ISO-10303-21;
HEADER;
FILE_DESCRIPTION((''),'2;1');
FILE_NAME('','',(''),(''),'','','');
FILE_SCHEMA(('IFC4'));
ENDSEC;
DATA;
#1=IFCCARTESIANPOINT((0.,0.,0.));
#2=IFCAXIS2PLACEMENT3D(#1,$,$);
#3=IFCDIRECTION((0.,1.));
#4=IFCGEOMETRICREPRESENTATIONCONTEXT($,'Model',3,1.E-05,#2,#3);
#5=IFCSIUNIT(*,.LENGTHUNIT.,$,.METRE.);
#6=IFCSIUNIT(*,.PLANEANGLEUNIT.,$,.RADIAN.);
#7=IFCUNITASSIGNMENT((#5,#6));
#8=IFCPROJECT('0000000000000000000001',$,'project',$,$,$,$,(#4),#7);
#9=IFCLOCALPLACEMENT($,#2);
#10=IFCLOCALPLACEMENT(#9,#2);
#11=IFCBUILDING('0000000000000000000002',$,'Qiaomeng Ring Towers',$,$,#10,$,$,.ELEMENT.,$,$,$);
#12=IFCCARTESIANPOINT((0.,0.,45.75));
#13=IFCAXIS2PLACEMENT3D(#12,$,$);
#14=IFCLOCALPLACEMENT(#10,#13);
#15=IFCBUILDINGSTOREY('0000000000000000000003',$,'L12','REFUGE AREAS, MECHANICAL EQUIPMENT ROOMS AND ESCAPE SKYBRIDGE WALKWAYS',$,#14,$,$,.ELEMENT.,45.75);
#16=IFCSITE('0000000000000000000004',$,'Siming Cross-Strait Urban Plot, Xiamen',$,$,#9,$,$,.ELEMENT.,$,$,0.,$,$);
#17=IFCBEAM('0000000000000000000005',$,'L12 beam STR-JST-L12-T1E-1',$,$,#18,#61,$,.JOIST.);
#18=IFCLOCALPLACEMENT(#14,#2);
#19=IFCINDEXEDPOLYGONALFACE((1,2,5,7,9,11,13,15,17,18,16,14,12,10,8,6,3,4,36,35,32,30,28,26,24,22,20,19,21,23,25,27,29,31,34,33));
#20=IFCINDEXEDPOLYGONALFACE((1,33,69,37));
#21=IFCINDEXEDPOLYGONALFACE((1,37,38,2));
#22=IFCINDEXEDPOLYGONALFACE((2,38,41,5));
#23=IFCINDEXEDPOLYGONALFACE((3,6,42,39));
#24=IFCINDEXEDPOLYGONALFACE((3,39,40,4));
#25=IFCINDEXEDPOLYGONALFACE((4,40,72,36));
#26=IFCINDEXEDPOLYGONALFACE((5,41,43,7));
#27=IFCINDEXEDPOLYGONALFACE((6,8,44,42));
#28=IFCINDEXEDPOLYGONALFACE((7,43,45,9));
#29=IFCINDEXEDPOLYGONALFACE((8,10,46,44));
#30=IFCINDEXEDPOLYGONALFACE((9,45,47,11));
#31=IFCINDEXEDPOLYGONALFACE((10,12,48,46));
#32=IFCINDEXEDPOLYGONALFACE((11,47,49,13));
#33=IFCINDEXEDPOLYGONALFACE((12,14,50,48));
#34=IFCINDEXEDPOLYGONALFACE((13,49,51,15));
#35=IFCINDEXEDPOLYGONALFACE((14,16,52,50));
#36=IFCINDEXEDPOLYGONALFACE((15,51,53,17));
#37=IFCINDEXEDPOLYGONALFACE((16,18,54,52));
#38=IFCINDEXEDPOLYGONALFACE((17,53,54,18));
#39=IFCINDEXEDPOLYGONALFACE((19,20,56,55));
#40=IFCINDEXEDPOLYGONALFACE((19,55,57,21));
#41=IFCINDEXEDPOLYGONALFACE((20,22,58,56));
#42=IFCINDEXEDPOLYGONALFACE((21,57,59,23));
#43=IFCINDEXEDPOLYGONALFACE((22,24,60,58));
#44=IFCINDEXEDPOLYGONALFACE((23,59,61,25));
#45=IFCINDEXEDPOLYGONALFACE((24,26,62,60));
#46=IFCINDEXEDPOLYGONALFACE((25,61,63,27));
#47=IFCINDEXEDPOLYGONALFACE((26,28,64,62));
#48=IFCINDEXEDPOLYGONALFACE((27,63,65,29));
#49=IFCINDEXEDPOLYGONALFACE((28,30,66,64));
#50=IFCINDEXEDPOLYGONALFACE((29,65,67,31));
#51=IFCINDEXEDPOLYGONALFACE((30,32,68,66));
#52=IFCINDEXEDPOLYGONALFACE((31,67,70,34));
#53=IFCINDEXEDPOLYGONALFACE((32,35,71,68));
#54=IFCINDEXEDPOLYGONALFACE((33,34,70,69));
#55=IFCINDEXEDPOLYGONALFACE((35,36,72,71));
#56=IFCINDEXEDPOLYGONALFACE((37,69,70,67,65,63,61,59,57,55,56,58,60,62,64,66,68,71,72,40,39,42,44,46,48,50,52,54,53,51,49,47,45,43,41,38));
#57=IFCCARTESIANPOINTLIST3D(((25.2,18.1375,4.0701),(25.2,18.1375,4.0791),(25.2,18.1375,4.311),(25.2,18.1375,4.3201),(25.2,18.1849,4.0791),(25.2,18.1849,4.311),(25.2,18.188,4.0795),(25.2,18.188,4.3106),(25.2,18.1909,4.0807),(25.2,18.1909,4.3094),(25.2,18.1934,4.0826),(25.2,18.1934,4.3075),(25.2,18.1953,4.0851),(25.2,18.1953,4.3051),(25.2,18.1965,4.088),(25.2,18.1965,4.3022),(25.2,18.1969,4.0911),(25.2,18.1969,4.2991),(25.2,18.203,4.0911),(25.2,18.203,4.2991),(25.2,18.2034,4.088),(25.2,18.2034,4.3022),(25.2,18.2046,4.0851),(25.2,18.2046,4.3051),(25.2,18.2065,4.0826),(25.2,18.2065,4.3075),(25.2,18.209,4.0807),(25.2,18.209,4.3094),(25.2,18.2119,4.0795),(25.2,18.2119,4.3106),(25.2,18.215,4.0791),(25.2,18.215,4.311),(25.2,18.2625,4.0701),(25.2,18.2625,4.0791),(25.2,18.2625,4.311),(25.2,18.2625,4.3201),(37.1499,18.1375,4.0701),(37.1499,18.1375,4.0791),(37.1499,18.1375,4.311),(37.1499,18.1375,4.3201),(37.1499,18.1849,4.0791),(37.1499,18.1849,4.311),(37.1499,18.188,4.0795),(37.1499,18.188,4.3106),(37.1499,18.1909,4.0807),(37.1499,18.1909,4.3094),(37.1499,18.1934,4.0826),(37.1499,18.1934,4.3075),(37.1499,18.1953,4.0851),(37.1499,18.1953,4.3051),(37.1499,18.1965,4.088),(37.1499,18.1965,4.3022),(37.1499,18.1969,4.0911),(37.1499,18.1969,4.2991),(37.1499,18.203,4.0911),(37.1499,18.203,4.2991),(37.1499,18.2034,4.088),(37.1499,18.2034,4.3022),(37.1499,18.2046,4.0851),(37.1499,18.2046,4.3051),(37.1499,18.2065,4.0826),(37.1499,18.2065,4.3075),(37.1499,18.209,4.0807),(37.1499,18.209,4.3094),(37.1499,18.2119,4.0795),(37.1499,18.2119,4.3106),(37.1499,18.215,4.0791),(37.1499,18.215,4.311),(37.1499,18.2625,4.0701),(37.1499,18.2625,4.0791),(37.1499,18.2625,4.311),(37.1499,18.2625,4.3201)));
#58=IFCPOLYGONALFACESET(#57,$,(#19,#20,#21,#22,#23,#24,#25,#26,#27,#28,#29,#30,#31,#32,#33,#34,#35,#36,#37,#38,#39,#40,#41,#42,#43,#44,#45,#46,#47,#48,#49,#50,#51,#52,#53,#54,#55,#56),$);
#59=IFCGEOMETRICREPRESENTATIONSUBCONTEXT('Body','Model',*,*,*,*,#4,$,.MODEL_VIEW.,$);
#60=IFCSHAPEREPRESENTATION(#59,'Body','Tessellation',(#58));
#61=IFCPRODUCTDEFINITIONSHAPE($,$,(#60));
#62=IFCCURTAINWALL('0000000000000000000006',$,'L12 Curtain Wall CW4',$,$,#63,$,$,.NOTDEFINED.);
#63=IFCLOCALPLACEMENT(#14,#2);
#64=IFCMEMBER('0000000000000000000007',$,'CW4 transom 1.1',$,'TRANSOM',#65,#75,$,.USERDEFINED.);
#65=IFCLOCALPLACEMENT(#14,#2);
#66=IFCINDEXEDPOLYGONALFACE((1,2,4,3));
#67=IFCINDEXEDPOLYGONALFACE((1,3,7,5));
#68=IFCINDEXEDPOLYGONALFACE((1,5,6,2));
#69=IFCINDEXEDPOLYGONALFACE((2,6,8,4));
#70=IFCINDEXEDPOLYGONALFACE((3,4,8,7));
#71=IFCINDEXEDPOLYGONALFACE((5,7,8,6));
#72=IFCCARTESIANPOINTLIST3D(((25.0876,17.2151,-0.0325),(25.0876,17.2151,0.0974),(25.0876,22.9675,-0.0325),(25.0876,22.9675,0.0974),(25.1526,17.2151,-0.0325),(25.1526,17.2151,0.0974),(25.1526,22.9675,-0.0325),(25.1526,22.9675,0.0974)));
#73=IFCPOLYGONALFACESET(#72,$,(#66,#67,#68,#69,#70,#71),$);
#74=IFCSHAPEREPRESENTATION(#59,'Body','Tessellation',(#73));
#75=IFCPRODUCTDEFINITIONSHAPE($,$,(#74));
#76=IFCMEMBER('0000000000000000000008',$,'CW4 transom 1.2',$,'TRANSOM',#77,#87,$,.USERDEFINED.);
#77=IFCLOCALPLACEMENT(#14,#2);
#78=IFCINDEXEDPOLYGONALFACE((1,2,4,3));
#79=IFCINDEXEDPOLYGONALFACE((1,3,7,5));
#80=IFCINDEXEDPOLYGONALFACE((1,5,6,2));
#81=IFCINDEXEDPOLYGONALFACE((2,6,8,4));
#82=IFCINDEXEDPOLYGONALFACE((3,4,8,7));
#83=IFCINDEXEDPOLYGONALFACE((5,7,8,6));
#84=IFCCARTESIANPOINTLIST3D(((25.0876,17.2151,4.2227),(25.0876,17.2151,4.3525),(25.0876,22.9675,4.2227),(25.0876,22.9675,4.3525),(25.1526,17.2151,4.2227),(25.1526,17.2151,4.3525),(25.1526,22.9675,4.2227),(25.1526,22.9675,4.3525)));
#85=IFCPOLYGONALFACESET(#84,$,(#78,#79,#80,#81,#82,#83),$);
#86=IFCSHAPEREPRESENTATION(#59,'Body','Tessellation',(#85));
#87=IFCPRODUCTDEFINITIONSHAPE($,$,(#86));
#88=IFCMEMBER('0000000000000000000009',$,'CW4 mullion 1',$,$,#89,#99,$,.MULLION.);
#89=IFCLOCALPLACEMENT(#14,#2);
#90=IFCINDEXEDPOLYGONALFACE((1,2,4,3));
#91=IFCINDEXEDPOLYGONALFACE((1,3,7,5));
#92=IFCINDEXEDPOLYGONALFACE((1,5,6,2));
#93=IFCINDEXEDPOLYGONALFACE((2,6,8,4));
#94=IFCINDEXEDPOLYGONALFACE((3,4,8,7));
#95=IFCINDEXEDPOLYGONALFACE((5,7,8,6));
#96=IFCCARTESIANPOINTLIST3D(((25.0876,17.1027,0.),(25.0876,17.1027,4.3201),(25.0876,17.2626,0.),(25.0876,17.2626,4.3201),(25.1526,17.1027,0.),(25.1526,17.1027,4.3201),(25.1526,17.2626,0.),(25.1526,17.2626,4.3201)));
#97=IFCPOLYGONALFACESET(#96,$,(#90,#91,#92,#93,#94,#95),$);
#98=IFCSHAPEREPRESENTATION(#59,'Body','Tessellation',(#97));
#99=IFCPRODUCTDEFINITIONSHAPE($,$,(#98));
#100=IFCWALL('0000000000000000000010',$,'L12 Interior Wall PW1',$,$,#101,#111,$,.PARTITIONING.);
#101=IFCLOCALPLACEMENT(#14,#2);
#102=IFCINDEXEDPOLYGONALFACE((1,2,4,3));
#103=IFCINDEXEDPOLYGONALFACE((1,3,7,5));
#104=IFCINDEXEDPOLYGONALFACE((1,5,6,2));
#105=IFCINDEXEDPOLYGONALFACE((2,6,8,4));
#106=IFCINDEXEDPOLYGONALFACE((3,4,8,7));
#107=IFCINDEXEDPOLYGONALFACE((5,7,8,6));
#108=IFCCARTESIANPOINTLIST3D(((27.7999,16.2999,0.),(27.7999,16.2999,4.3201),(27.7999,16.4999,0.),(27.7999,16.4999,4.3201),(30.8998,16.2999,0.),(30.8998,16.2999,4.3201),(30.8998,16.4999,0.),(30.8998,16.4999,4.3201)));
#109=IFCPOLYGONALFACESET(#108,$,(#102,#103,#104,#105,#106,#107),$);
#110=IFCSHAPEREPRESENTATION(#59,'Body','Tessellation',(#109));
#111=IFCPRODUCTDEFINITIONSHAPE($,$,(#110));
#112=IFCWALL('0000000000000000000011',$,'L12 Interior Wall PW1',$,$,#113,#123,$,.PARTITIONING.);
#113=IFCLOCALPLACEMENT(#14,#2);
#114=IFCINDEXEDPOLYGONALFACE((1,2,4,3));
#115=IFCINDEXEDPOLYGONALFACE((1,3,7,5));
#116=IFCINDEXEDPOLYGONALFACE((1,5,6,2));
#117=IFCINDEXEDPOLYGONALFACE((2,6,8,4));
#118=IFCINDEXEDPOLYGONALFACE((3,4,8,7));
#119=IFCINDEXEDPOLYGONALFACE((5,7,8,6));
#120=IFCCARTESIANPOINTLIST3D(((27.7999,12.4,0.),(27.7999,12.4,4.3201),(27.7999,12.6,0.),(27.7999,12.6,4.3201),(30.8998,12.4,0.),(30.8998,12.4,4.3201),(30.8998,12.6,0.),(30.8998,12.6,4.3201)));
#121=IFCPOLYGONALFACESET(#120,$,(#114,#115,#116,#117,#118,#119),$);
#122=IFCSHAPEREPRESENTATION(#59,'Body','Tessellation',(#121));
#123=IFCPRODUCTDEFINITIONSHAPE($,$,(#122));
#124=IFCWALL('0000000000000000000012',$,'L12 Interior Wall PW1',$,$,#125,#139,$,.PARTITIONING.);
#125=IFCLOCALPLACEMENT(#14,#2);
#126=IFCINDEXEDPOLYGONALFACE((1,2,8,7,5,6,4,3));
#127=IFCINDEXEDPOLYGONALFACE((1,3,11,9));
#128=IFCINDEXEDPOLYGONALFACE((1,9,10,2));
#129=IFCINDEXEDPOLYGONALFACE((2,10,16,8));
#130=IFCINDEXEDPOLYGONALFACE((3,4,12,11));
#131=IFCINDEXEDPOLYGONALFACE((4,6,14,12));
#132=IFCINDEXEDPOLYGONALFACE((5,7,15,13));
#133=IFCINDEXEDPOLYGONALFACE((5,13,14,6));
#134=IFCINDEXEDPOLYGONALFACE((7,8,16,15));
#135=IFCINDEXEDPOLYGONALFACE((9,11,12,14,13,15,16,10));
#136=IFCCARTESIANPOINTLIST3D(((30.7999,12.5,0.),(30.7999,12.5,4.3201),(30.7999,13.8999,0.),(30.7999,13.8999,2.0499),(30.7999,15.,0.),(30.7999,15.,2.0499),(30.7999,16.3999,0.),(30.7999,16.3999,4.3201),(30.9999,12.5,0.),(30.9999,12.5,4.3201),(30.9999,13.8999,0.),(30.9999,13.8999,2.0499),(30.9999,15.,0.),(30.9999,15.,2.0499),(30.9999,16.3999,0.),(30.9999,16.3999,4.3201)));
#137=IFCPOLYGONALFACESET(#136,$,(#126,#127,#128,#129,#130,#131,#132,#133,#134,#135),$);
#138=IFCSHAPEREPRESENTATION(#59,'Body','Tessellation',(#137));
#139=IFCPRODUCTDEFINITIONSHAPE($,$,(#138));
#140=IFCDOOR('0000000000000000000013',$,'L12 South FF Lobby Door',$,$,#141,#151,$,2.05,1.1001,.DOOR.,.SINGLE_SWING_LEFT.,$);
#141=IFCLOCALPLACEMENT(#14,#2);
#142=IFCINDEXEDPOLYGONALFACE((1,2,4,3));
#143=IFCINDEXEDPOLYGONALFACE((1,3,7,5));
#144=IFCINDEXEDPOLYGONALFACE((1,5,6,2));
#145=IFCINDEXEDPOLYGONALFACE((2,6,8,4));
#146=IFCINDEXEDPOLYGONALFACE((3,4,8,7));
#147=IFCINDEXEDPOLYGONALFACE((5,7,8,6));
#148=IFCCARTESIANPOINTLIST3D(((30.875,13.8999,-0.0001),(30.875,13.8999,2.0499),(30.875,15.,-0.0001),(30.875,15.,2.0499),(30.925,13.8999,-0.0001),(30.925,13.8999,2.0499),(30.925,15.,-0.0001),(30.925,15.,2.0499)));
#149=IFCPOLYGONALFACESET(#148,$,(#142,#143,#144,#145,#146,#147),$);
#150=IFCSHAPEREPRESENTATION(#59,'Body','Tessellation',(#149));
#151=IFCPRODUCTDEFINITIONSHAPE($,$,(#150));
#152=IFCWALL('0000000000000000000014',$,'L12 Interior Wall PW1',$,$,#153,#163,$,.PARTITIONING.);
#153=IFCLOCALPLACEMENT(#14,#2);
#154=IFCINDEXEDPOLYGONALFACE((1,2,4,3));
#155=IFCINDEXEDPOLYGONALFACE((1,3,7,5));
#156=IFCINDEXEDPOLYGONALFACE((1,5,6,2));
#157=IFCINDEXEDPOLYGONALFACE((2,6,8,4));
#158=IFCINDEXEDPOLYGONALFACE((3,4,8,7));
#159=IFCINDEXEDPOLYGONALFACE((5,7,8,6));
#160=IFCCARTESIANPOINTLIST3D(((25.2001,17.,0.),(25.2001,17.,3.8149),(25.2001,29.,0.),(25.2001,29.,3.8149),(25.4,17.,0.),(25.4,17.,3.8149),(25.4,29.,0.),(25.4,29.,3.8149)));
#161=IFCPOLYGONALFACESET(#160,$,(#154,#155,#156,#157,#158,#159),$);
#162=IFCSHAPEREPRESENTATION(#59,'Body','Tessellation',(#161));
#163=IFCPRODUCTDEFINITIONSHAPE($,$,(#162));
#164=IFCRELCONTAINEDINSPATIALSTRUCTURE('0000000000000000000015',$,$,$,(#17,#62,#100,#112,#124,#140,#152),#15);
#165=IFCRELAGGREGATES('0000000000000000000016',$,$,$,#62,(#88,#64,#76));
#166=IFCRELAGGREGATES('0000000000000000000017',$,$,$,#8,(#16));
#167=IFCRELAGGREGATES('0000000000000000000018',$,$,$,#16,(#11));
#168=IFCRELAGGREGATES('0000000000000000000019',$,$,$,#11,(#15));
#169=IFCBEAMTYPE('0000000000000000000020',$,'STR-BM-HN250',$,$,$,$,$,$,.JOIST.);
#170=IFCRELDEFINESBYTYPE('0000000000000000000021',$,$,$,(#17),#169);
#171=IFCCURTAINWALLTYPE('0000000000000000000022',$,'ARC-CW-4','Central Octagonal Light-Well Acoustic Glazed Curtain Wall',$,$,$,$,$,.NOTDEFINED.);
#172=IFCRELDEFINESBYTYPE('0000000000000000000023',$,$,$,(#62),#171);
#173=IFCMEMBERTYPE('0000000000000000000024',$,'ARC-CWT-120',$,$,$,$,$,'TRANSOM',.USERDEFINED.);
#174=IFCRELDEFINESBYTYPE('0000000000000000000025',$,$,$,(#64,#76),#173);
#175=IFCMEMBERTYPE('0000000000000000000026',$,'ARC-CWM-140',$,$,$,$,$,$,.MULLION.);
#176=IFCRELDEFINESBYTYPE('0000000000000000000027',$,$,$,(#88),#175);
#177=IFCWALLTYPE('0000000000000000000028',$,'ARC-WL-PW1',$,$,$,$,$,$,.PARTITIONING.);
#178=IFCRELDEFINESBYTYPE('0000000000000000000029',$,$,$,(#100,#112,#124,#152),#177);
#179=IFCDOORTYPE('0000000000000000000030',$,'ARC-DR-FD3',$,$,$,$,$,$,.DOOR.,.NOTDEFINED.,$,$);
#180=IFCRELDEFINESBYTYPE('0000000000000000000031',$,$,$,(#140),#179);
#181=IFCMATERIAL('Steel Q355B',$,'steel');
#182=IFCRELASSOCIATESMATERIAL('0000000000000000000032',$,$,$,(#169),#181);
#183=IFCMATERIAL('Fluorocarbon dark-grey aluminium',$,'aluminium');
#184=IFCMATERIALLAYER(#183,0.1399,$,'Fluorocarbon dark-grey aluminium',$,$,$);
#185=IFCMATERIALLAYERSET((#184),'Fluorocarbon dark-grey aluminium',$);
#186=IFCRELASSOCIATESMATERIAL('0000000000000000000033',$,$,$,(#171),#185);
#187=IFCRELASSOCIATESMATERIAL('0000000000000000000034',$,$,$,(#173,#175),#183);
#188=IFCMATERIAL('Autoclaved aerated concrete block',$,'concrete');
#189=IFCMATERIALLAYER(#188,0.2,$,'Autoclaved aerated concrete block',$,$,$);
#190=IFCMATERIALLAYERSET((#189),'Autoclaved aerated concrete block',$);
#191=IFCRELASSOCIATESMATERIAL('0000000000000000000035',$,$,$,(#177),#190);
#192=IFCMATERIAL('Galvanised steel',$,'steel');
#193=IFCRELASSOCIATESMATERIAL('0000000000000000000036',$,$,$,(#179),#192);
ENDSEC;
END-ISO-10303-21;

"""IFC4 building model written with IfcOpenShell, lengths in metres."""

from ifc_helpers import new_model, si_unit, direction, frame, frame_2d, origin, origin_2d, place, context, subcontext, project, spatial, rectangle, i_section, extrude, source, transform, mapped, material, layer, layer_set, material_profile, profile_set, type_object, element, fill, aggregate, save


model = new_model("IFC4")

# Units and contexts
model_context = context("Model", 3, precision=1e-05, world=origin(), true_north=direction((0.0, 1.0)))
body_context = subcontext(model_context, "Body", "Model", "MODEL_VIEW")
ifc_project = project(units=[si_unit("LENGTHUNIT", "METRE"), si_unit("PLANEANGLEUNIT", "RADIAN")], contexts=[model_context])

# Site, building, storey
site_placement = place(None, origin())
site = spatial("IfcSite", under=ifc_project, at=site_placement, Name="Siming Cross-Strait Urban Plot, Xiamen", CompositionType="ELEMENT", RefElevation=0.0)
building_placement = place(site_placement, origin())
building = spatial("IfcBuilding", under=site, at=building_placement, Name="Qiaomeng Ring Towers", CompositionType="ELEMENT")
storey_placement = place(building_placement, frame((0.0, 0.0, 45.75)))
storey = spatial("IfcBuildingStorey", under=building, at=storey_placement, Name="L12", Description="REFUGE AREAS, MECHANICAL EQUIPMENT ROOMS AND ESCAPE SKYBRIDGE WALKWAYS", CompositionType="ELEMENT", Elevation=45.75)

# Beam
ifc_material_1 = material(Name="Steel Q355B", Category="steel")
ifc_material_profile_1 = material_profile(ifc_material_1, i_section(OverallWidth=0.125, OverallDepth=0.25, WebThickness=0.0061, FlangeThickness=0.009, FilletRadius=0.012, at=origin_2d()), Name="HN 250x125x6x9")
ifc_profile_set_1 = profile_set([ifc_material_profile_1], Name="Steel Q355B")
beam_type_1 = type_object("IfcBeamType", Name="STR-BM-HN250", PredefinedType="JOIST", material=ifc_profile_set_1)
shared_shape_1 = source(origin(), body_context, "Body", "SweptSolid", [
    extrude(i_section(OverallWidth=0.125, OverallDepth=0.25, WebThickness=0.0061, FlangeThickness=0.009, FilletRadius=0.012, at=origin_2d()), origin(), (0.0, 0.0, 1.0), 11.95),
])
beam_1_placement = place(storey_placement, frame((25.2, 18.2, 4.1951), z_axis=(1.0, 0.0, 0.0), x_axis=(0.0, 1.0, 0.0)))
element("IfcBeam", 1, at=beam_1_placement, inside=storey, type_object=beam_type_1, Name="L12 beam STR-JST-L12-T1E-1", PredefinedType="JOIST", context=body_context, shape_type="MappedRepresentation", body=[
    mapped(shared_shape_1, transform((0.0, 0.0, 0.0), x_axis=(1.0, 0.0, 0.0), y_axis=(0.0, 1.0, 0.0), z_axis=(0.0, 0.0, 1.0), scale=1.0)),
])

# Curtain wall, members
ifc_material_2 = material(Name="Fluorocarbon dark-grey aluminium", Category="aluminium")
ifc_layer_1 = layer(ifc_material_2, 0.1399, Name="Fluorocarbon dark-grey aluminium")
ifc_layer_set_1 = layer_set([ifc_layer_1], Name="Fluorocarbon dark-grey aluminium")
curtain_wall_type = type_object("IfcCurtainWallType", Name="ARC-CW-4", Description="Central Octagonal Light-Well Acoustic Glazed Curtain Wall", PredefinedType="NOTDEFINED", material=ifc_layer_set_1)
curtain_wall_placement = place(storey_placement, origin())
curtain_wall = element("IfcCurtainWall", 2, at=curtain_wall_placement, inside=storey, type_object=curtain_wall_type, Name="L12 Curtain Wall CW4", PredefinedType="NOTDEFINED")
ifc_material_profile_2 = material_profile(ifc_material_2, rectangle(XDim=0.0649, YDim=0.1299, at=origin_2d()), Name="ALU TRAN 65x130")
ifc_profile_set_2 = profile_set([ifc_material_profile_2], Name="Fluorocarbon dark-grey aluminium")
member_type_1 = type_object("IfcMemberType", Name="ARC-CWT-120", ElementType="TRANSOM", PredefinedType="USERDEFINED", material=ifc_profile_set_2)
shared_shape_2 = source(origin(), body_context, "Body", "SweptSolid", [
    extrude(rectangle(XDim=0.0649, YDim=0.1299, at=origin_2d()), origin(), (0.0, 0.0, 1.0), 5.7524),
])
member_1_placement = place(storey_placement, frame((25.1201, 17.2151, 0.0325), z_axis=(0.0, 1.0, 0.0), x_axis=(-1.0, 0.0, 0.0)))
member_1 = element("IfcMember", 3, at=member_1_placement, type_object=member_type_1, Name="CW4 transom 1.1", ObjectType="TRANSOM", PredefinedType="USERDEFINED", context=body_context, shape_type="MappedRepresentation", body=[
    mapped(shared_shape_2, transform((0.0, 0.0, 0.0), x_axis=(1.0, 0.0, 0.0), y_axis=(0.0, 1.0, 0.0), z_axis=(0.0, 0.0, 1.0), scale=1.0)),
])
member_2_placement = place(storey_placement, frame((25.1201, 17.2151, 4.2876), z_axis=(0.0, 1.0, 0.0), x_axis=(-1.0, 0.0, 0.0)))
member_2 = element("IfcMember", 4, at=member_2_placement, type_object=member_type_1, Name="CW4 transom 1.2", ObjectType="TRANSOM", PredefinedType="USERDEFINED", context=body_context, shape_type="MappedRepresentation", body=[
    mapped(shared_shape_2, transform((0.0, 0.0, 0.0), x_axis=(1.0, 0.0, 0.0), y_axis=(0.0, 1.0, 0.0), z_axis=(0.0, 0.0, 1.0), scale=1.0)),
])
ifc_material_profile_3 = material_profile(ifc_material_2, rectangle(XDim=0.0649, YDim=0.1599, at=origin_2d()), Name="ALU MULL 65x160")
ifc_profile_set_3 = profile_set([ifc_material_profile_3], Name="Fluorocarbon dark-grey aluminium")
member_type_2 = type_object("IfcMemberType", Name="ARC-CWM-140", PredefinedType="MULLION", material=ifc_profile_set_3)
shared_shape_3 = source(origin(), body_context, "Body", "SweptSolid", [
    extrude(rectangle(XDim=0.0649, YDim=0.1599, at=origin_2d()), origin(), (0.0, 0.0, 1.0), 4.3201),
])
member_3_placement = place(storey_placement, frame((25.1201, 17.1826, 0.0), z_axis=(0.0, 0.0, 1.0), x_axis=(-1.0, 0.0, 0.0)))
member_3 = element("IfcMember", 5, at=member_3_placement, type_object=member_type_2, Name="CW4 mullion 1", PredefinedType="MULLION", context=body_context, shape_type="MappedRepresentation", body=[
    mapped(shared_shape_3, transform((0.0, 0.0, 0.0), x_axis=(1.0, 0.0, 0.0), y_axis=(0.0, 1.0, 0.0), z_axis=(0.0, 0.0, 1.0), scale=1.0)),
])
aggregate(curtain_wall, [member_3, member_1, member_2])

# Walls
ifc_material_3 = material(Name="Autoclaved aerated concrete block", Category="concrete")
ifc_layer_2 = layer(ifc_material_3, 0.2, Name="Autoclaved aerated concrete block")
ifc_layer_set_2 = layer_set([ifc_layer_2], Name="Autoclaved aerated concrete block")
wall_type_1 = type_object("IfcWallType", Name="ARC-WL-PW1", PredefinedType="PARTITIONING", material=ifc_layer_set_2)
for number, where, z_axis, x_axis, name in (
    (6, (27.8, 16.3999, 0.0), (0.0, 0.0, 1.0), (1.0, 0.0, 0.0), "L12 Interior Wall PW1"),
    (7, (27.8, 12.5, 0.0), (0.0, 0.0, 1.0), (1.0, 0.0, 0.0), "L12 Interior Wall PW1"),
):
    element("IfcWall", number, at=place(storey_placement, frame(where, z_axis=z_axis, x_axis=x_axis)), inside=storey, type_object=wall_type_1, Name=name, PredefinedType="PARTITIONING", context=body_context, shape_type="SweptSolid", body=[
        extrude(rectangle(XDim=3.0999, YDim=0.2, at=frame_2d((1.5498, 0.0))), origin(), (0.0, 0.0, 1.0), 4.3201),
    ])

# Wall, opening, door
wall_1_placement = place(storey_placement, frame((30.8999, 12.5, 0.0), z_axis=(0.0, 0.0, 1.0), x_axis=(0.0, 1.0, 0.0)))
wall_1 = element("IfcWall", 8, at=wall_1_placement, inside=storey, type_object=wall_type_1, Name="L12 Interior Wall PW1", PredefinedType="PARTITIONING", context=body_context, shape_type="SweptSolid", body=[
    extrude(rectangle(XDim=3.8999, YDim=0.2, at=frame_2d((1.95, 0.0))), origin(), (0.0, 0.0, 1.0), 4.3201),
])
opening_1_placement = place(wall_1_placement, frame((1.3999, 0.0, 0.0)))
opening_1 = element("IfcOpeningElement", 9, at=opening_1_placement, cuts=wall_1, PredefinedType="OPENING", context=body_context, shape_type="SweptSolid", body=[
    extrude(rectangle(XDim=1.1001, YDim=2.05, at=frame_2d((0.55, 1.0249))), frame((0.0, 0.1099, 0.0), z_axis=(0.0, -1.0, 0.0), x_axis=(1.0, 0.0, 0.0)), (0.0, 0.0, 1.0), 0.22),
])
ifc_material_4 = material(Name="Galvanised steel", Category="steel")
door_type_1 = type_object("IfcDoorType", Name="ARC-DR-FD3", OperationType="NOTDEFINED", PredefinedType="DOOR", material=ifc_material_4)
shared_shape_4 = source(origin(), body_context, "Body", "SweptSolid", [
    extrude(rectangle(XDim=1.1001, YDim=2.05, at=frame_2d((0.55, 1.0249))), frame((0.0, 0.0249, 0.0), z_axis=(0.0, -1.0, 0.0), x_axis=(1.0, 0.0, 0.0)), (0.0, 0.0, 1.0), 0.05),
])
door_1_placement = place(opening_1_placement, origin())
door_1 = element("IfcDoor", 10, at=door_1_placement, inside=storey, type_object=door_type_1, Name="L12 South FF Lobby Door", OperationType="SINGLE_SWING_LEFT", OverallHeight=2.05, OverallWidth=1.1001, PredefinedType="DOOR", context=body_context, shape_type="MappedRepresentation", body=[
    mapped(shared_shape_4, transform((0.0, 0.0, 0.0), x_axis=(1.0, 0.0, 0.0), y_axis=(0.0, 1.0, 0.0), z_axis=(0.0, 0.0, 1.0), scale=1.0)),
])
fill(opening_1, door_1)

# Wall
wall_2_placement = place(storey_placement, frame((25.3, 17.0, 0.0), z_axis=(0.0, 0.0, 1.0), x_axis=(0.0, 1.0, 0.0)))
element("IfcWall", 11, at=wall_2_placement, inside=storey, type_object=wall_type_1, Name="L12 Interior Wall PW1", PredefinedType="PARTITIONING", context=body_context, shape_type="SweptSolid", body=[
    extrude(rectangle(XDim=12.0, YDim=0.2, at=frame_2d((6.0, 0.0))), origin(), (0.0, 0.0, 1.0), 3.8149),
])

save(model, "model.ifc")
